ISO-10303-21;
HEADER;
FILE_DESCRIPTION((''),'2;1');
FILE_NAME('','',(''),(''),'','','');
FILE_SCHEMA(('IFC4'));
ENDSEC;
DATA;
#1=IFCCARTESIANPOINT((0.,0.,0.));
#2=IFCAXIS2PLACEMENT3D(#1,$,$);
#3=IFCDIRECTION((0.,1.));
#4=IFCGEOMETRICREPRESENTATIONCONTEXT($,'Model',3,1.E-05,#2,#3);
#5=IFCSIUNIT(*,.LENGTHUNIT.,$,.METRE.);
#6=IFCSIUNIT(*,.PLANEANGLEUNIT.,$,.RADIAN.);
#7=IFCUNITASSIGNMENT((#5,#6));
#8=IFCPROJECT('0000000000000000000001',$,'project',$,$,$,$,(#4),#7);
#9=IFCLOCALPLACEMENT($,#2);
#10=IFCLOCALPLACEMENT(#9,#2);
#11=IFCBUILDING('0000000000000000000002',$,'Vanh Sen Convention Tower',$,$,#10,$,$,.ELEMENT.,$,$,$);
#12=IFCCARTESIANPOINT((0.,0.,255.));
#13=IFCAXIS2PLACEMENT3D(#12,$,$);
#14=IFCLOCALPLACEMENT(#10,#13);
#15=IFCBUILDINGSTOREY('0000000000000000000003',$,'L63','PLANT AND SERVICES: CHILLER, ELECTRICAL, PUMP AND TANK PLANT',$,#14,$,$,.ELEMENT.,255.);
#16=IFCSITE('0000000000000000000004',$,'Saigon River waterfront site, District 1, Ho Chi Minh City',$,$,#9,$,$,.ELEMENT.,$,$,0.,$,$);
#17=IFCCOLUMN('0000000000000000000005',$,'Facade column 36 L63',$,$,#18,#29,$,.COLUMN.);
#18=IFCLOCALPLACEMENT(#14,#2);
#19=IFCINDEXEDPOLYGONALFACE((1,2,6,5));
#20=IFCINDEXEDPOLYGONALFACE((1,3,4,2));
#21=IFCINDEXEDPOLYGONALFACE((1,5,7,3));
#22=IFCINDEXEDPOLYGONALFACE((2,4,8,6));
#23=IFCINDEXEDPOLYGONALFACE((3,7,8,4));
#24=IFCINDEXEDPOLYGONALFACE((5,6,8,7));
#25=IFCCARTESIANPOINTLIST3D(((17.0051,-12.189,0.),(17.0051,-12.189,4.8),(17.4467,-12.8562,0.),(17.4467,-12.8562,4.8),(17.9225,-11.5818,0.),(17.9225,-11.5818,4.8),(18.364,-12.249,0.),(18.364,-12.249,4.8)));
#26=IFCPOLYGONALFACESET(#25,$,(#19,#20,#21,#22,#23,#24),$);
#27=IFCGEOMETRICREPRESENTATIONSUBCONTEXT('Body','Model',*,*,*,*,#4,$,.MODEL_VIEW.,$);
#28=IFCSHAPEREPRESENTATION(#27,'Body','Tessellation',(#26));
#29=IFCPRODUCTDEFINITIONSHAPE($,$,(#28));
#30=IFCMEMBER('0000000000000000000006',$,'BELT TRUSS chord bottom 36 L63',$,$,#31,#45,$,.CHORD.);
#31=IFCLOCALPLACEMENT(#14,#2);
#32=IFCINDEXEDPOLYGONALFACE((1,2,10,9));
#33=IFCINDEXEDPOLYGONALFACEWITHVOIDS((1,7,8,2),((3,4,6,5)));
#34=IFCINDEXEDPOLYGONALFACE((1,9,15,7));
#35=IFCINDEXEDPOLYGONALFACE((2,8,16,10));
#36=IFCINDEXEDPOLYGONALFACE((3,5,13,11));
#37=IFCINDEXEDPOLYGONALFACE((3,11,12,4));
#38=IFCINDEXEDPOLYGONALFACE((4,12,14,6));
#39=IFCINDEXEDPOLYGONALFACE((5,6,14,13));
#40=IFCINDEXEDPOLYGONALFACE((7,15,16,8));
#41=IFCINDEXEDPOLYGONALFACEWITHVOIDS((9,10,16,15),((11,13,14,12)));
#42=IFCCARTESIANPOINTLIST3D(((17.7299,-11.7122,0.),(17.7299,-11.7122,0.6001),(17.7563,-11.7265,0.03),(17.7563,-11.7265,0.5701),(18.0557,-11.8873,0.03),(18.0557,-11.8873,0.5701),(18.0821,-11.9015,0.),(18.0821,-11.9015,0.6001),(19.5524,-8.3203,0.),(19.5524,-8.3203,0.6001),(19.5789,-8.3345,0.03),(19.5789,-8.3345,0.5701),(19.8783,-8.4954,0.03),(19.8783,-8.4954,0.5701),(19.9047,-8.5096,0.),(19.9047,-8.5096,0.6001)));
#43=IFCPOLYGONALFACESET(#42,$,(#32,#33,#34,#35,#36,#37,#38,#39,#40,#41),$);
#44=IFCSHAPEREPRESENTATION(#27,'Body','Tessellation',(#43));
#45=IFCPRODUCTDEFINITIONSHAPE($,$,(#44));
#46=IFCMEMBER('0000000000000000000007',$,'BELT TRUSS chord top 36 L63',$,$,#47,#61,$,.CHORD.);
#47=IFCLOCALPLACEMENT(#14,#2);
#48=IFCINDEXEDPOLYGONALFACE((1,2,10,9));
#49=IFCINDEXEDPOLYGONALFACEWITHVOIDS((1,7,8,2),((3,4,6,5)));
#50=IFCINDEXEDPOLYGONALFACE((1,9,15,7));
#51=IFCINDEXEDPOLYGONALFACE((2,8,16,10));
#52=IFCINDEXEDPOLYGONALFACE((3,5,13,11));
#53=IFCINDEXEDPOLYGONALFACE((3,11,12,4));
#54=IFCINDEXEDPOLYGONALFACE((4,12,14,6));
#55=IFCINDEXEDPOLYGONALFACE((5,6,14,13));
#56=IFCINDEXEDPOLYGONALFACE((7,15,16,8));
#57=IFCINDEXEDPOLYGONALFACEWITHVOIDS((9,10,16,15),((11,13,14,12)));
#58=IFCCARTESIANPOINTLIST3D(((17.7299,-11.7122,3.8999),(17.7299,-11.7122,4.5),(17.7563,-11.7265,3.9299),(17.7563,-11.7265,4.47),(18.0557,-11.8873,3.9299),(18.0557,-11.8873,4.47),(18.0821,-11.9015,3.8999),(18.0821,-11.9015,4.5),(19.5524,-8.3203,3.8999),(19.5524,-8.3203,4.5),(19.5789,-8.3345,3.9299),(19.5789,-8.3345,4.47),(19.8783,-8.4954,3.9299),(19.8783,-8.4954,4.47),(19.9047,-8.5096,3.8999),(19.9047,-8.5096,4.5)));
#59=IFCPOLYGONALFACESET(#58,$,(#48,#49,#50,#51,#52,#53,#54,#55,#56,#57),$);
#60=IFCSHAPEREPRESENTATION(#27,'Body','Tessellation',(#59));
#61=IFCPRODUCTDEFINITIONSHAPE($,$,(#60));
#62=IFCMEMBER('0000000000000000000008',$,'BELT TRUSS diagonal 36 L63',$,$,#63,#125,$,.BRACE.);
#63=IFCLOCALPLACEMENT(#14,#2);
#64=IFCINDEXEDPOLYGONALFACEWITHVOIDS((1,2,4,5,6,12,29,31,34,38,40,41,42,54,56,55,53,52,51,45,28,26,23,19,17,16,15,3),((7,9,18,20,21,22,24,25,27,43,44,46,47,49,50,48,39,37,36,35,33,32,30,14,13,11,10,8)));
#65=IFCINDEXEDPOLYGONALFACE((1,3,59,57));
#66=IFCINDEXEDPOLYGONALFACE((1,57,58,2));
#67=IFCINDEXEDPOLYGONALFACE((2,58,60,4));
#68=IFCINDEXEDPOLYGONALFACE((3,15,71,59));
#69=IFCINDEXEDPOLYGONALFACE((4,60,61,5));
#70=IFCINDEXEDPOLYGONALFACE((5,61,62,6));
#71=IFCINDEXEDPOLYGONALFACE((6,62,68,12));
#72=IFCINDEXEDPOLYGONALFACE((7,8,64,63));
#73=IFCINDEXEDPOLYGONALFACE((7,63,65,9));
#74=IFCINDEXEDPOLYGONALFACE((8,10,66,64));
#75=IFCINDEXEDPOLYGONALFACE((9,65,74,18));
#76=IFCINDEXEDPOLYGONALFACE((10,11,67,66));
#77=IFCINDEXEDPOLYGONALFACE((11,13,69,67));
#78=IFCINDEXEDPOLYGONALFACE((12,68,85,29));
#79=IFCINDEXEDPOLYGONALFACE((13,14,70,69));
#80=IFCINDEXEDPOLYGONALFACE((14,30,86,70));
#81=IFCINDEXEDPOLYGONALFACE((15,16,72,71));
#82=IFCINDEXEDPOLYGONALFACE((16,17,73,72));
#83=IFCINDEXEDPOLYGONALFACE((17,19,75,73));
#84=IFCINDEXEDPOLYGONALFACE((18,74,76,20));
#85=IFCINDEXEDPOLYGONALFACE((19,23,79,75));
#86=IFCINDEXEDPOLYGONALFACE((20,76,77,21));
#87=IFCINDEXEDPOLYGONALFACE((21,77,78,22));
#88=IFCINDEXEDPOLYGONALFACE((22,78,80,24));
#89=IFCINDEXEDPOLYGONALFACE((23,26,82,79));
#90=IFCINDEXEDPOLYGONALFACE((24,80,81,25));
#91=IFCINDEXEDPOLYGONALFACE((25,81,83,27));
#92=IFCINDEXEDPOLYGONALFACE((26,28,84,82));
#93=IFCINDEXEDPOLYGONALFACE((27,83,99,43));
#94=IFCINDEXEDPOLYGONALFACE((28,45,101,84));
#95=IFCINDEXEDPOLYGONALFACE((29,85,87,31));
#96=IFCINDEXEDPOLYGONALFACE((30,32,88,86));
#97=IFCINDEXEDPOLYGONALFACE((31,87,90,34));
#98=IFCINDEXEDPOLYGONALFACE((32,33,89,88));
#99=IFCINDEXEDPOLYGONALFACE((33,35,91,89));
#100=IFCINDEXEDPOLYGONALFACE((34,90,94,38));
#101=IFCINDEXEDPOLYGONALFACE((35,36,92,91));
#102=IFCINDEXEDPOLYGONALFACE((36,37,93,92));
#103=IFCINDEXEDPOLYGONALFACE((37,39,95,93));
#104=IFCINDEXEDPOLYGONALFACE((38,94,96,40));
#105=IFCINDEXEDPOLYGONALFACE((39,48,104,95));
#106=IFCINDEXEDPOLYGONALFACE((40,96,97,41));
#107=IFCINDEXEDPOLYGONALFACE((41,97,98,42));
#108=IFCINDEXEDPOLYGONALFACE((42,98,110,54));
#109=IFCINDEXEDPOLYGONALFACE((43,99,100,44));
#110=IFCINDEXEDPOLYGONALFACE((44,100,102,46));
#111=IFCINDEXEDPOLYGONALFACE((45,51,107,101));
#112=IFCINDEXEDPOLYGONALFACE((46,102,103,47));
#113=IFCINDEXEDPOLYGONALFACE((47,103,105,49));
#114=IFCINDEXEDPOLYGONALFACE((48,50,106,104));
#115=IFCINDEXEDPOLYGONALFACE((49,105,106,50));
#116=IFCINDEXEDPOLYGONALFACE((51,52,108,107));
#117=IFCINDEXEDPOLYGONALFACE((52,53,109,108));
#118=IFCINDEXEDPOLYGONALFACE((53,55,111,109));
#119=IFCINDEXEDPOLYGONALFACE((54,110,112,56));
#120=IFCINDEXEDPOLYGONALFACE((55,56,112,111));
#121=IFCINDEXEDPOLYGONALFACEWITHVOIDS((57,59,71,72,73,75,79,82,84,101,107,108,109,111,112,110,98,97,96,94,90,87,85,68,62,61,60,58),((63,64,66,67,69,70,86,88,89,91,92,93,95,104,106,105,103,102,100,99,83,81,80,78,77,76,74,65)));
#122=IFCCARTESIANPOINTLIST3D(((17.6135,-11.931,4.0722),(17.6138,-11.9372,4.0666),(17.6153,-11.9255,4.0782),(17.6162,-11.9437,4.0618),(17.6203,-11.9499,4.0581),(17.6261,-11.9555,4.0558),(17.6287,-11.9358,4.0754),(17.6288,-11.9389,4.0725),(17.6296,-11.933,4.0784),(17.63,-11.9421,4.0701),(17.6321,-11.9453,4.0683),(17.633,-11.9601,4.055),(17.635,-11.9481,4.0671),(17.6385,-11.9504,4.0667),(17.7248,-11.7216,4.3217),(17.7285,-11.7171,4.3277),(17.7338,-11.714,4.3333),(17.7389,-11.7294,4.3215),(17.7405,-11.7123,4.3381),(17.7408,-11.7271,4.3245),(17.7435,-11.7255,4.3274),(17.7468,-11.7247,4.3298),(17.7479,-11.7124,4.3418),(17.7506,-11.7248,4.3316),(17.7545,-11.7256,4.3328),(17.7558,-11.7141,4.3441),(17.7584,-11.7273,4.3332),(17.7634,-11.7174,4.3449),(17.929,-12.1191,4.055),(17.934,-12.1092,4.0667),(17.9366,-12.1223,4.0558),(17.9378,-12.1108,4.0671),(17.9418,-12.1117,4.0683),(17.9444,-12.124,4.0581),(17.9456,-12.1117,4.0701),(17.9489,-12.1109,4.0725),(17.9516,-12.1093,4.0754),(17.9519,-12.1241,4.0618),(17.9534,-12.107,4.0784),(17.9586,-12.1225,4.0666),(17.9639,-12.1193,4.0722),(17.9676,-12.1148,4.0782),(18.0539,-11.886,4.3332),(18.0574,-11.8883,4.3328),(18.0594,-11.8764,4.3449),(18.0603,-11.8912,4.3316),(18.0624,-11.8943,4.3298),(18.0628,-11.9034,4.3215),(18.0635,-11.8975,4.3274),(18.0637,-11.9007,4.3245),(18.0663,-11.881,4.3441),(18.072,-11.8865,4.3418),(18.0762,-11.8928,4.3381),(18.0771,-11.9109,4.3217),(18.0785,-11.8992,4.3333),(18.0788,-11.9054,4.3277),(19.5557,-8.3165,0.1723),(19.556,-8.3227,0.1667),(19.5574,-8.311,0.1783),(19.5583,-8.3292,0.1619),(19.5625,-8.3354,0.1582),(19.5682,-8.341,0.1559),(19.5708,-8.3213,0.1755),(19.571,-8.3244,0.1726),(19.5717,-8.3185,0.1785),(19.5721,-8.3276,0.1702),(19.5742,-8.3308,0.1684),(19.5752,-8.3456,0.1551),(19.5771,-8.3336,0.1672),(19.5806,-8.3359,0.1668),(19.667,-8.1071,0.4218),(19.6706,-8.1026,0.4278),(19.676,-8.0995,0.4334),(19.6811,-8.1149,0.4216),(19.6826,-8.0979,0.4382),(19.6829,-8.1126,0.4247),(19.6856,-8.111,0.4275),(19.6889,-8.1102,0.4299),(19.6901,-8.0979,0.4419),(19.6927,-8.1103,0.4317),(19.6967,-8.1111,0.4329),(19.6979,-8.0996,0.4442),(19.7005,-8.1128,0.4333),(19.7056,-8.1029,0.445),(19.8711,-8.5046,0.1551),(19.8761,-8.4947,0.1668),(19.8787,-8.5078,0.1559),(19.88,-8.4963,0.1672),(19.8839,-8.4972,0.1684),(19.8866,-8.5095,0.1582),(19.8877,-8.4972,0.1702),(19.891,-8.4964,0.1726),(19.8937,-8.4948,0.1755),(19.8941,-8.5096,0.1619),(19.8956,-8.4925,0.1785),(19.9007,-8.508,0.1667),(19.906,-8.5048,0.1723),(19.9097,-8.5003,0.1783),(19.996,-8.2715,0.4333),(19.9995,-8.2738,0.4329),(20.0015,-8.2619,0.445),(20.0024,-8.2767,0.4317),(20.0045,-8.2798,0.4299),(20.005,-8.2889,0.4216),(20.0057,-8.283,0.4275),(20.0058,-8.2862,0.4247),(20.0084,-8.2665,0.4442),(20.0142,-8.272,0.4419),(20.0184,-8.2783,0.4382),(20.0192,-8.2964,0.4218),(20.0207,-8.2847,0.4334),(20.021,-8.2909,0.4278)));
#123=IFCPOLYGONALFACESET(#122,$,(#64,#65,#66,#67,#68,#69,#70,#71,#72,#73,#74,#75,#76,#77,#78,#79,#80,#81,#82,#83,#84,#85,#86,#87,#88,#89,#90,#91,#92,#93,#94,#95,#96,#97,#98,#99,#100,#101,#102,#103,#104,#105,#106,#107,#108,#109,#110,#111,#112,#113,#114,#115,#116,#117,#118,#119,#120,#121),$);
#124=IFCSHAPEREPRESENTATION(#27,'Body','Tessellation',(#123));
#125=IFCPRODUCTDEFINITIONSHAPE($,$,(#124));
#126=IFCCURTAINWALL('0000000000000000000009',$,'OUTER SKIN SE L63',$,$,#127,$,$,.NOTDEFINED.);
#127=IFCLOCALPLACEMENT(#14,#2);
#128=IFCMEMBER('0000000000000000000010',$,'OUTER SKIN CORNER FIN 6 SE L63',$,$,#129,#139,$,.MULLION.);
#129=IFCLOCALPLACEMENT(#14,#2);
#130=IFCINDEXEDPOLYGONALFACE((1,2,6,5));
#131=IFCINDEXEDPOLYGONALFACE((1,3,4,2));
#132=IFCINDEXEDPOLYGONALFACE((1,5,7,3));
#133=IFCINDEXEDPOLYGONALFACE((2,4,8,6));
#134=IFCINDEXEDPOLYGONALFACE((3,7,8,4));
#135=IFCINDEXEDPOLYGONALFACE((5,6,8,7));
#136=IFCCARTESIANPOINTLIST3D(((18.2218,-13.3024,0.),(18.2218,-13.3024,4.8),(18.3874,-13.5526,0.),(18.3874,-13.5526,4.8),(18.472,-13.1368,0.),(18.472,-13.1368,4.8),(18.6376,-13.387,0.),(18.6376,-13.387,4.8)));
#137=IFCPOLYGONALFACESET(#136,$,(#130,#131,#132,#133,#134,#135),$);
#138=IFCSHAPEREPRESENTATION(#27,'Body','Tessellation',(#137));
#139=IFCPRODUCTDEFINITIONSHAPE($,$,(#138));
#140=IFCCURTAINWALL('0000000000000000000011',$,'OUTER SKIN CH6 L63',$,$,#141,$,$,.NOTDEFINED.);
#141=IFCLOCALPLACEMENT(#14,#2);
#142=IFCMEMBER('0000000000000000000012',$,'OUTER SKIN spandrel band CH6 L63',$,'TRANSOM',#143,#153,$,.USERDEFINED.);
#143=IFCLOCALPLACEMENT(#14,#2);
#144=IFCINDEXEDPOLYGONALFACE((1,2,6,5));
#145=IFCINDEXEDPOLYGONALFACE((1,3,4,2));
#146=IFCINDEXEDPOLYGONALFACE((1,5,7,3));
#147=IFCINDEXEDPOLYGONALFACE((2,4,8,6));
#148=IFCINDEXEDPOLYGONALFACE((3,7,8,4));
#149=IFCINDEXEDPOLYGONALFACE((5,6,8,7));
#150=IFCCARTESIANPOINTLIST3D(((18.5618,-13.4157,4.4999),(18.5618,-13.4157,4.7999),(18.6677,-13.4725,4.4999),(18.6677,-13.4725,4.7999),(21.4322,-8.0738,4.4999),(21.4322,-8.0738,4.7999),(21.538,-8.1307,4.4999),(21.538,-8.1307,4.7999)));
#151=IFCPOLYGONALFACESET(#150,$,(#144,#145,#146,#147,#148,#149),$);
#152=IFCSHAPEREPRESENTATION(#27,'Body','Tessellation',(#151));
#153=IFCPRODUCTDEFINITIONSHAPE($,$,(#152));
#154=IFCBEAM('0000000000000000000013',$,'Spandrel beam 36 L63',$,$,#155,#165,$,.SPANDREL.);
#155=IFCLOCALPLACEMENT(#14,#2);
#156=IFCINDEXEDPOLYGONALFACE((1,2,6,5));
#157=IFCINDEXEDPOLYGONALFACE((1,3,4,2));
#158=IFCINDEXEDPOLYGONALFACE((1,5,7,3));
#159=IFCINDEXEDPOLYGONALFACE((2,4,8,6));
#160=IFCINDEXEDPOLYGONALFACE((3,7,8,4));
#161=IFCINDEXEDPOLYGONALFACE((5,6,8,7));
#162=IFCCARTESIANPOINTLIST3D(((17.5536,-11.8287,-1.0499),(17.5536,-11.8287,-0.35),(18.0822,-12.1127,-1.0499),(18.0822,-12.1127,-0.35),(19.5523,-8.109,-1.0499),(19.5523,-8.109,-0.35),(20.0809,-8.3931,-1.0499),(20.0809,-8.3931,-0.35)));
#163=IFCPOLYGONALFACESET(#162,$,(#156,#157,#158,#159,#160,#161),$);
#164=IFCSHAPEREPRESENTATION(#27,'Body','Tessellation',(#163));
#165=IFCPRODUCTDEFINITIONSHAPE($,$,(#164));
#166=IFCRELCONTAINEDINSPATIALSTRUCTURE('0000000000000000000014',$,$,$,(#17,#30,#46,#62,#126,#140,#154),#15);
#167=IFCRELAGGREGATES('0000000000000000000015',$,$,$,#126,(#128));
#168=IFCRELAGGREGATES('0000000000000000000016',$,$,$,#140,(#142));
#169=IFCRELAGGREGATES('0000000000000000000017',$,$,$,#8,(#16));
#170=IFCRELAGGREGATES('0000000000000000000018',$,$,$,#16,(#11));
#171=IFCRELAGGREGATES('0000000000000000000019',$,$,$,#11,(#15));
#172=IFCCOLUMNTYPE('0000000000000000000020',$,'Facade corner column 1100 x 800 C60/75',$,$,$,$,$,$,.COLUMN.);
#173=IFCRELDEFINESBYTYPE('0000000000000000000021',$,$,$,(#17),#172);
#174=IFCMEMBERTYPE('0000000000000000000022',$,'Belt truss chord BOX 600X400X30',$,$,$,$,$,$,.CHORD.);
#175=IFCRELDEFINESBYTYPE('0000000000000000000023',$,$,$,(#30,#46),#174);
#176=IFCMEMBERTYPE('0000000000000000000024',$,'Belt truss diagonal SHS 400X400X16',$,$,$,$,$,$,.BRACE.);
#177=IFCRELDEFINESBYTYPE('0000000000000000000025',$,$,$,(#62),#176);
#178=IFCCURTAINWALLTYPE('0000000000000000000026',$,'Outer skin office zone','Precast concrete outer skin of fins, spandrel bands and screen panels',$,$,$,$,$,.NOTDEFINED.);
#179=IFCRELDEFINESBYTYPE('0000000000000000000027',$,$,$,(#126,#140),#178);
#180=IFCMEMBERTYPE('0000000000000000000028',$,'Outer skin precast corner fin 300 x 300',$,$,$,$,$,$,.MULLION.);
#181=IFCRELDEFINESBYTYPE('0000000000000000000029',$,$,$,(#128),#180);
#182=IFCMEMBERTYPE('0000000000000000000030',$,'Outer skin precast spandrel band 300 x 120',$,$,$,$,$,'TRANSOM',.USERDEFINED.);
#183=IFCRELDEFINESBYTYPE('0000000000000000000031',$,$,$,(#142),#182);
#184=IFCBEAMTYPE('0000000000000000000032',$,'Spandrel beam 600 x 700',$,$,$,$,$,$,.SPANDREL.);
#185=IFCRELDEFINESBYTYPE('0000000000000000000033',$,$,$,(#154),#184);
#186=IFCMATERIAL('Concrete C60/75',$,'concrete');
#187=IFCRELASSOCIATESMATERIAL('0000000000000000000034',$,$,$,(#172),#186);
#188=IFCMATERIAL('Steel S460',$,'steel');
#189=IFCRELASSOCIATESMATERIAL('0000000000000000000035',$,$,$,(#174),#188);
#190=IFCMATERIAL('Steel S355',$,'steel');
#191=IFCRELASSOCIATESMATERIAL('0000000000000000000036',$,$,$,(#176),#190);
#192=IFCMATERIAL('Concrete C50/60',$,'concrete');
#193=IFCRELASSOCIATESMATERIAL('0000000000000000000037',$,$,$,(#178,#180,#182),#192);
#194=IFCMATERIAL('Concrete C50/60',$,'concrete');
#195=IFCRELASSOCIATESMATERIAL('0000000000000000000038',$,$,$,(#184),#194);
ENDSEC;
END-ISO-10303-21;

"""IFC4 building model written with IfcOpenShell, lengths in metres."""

from ifc_helpers import new_model, si_unit, direction, frame, origin, origin_2d, place, context, subcontext, project, spatial, rectangle, hollow_rectangle, extrude, material, material_profile, profile_set, type_object, element, aggregate, save


model = new_model("IFC4")

# Units and contexts
model_context = context("Model", 3, precision=1e-05, world=origin(), true_north=direction((0.0, 1.0)))
body_context = subcontext(model_context, "Body", "Model", "MODEL_VIEW")
ifc_project = project(units=[si_unit("LENGTHUNIT", "METRE"), si_unit("PLANEANGLEUNIT", "RADIAN")], contexts=[model_context])

# Site, building, storey
site_placement = place(None, origin())
site = spatial("IfcSite", under=ifc_project, at=site_placement, Name="Saigon River waterfront site, District 1, Ho Chi Minh City", CompositionType="ELEMENT", RefElevation=0.0)
building_placement = place(site_placement, origin())
building = spatial("IfcBuilding", under=site, at=building_placement, Name="Vanh Sen Convention Tower", CompositionType="ELEMENT")
storey_placement = place(building_placement, frame((0.0, 0.0, 255.0)))
storey = spatial("IfcBuildingStorey", under=building, at=storey_placement, Name="L63", Description="PLANT AND SERVICES: CHILLER, ELECTRICAL, PUMP AND TANK PLANT", CompositionType="ELEMENT", Elevation=255.0)

# Column
ifc_material_1 = material(Name="Concrete C60/75", Category="concrete")
ifc_material_profile_1 = material_profile(ifc_material_1, rectangle(XDim=1.1001, YDim=0.8, at=origin_2d()), Name="RC 1100X800")
ifc_profile_set_1 = profile_set([ifc_material_profile_1], Name="Concrete C60/75")
column_type = type_object("IfcColumnType", Name="Facade corner column 1100 x 800 C60/75", PredefinedType="COLUMN", material=ifc_profile_set_1)
column_placement = place(storey_placement, frame((17.6846, -12.219, 0.0), z_axis=(0.0, 0.0, 1.0), x_axis=(0.833886, 0.551937, 0.0)))
element("IfcColumn", 1, at=column_placement, inside=storey, type_object=column_type, Name="Facade column 36 L63", PredefinedType="COLUMN", context=body_context, shape_type="SweptSolid", body=[
    extrude(rectangle(XDim=1.1001, YDim=0.8, at=origin_2d()), origin(), (0.0, 0.0, 1.0), 4.8),
])

# Members
ifc_material_2 = material(Name="Steel S460", Category="steel")
ifc_material_profile_2 = material_profile(ifc_material_2, hollow_rectangle(XDim=0.3999, YDim=0.6001, WallThickness=0.03, at=origin_2d()), Name="BOX 600X400X30")
ifc_profile_set_2 = profile_set([ifc_material_profile_2], Name="Steel S460")
member_type_1 = type_object("IfcMemberType", Name="Belt truss chord BOX 600X400X30", PredefinedType="CHORD", material=ifc_profile_set_2)
for number, where, z_axis, x_axis, name in (
    (2, (17.906, -11.8069, 0.3), (0.473321, 0.88089, 0.0), (-0.88089, 0.473321, 0.0), "BELT TRUSS chord bottom 36 L63"),
    (3, (17.906, -11.8069, 4.2), (0.473321, 0.88089, 0.0), (-0.88089, 0.473321, 0.0), "BELT TRUSS chord top 36 L63"),
):
    element("IfcMember", number, at=place(storey_placement, frame(where, z_axis=z_axis, x_axis=x_axis)), inside=storey, type_object=member_type_1, Name=name, PredefinedType="CHORD", context=body_context, shape_type="SweptSolid", body=[
        extrude(hollow_rectangle(XDim=0.3999, YDim=0.6001, WallThickness=0.03, at=origin_2d()), origin(), (0.0, 0.0, 1.0), 3.8506),
    ])
ifc_material_3 = material(Name="Steel S355", Category="steel")
ifc_material_profile_3 = material_profile(ifc_material_3, hollow_rectangle(XDim=0.3999, YDim=0.3999, WallThickness=0.0161, InnerFilletRadius=0.0161, OuterFilletRadius=0.032, at=origin_2d()), Name="SHS 400X400X16")
ifc_profile_set_3 = profile_set([ifc_material_profile_3], Name="Steel S355")
member_type_2 = type_object("IfcMemberType", Name="Belt truss diagonal SHS 400X400X16", PredefinedType="BRACE", material=ifc_profile_set_3)
member_1_placement = place(storey_placement, frame((17.8462, -11.9182, 4.2), z_axis=(0.34308, 0.638503, -0.688919), x_axis=(-0.880891, 0.473319, 0.0)))
element("IfcMember", 4, at=member_1_placement, inside=storey, type_object=member_type_2, Name="BELT TRUSS diagonal 36 L63", PredefinedType="BRACE", context=body_context, shape_type="SweptSolid", body=[
    extrude(hollow_rectangle(XDim=0.3999, YDim=0.3999, WallThickness=0.0161, InnerFilletRadius=0.0161, OuterFilletRadius=0.032, at=origin_2d()), origin(), (0.0, 0.0, 1.0), 5.6609),
])

# Curtain walls, members
ifc_material_4 = material(Name="Concrete C50/60", Category="concrete")
curtain_wall_type = type_object("IfcCurtainWallType", Name="Outer skin office zone", Description="Precast concrete outer skin of fins, spandrel bands and screen panels", PredefinedType="NOTDEFINED", material=ifc_material_4)
curtain_wall_1_placement = place(storey_placement, origin())
curtain_wall_1 = element("IfcCurtainWall", 5, at=curtain_wall_1_placement, inside=storey, type_object=curtain_wall_type, Name="OUTER SKIN SE L63", PredefinedType="NOTDEFINED")
ifc_material_profile_4 = material_profile(ifc_material_4, rectangle(XDim=0.3, YDim=0.3, at=origin_2d()), Name="Outer skin precast corner fin 300 x 300")
ifc_profile_set_4 = profile_set([ifc_material_profile_4], Name="Concrete C50/60")
member_type_3 = type_object("IfcMemberType", Name="Outer skin precast corner fin 300 x 300", PredefinedType="MULLION", material=ifc_profile_set_4)
member_2_placement = place(storey_placement, frame((18.4297, -13.3447, 0.0), z_axis=(0.0, 0.0, 1.0), x_axis=(0.833886, 0.551937, 0.0)))
member_2 = element("IfcMember", 6, at=member_2_placement, type_object=member_type_3, Name="OUTER SKIN CORNER FIN 6 SE L63", PredefinedType="MULLION", context=body_context, shape_type="SweptSolid", body=[
    extrude(rectangle(XDim=0.3, YDim=0.3, at=origin_2d()), origin(), (0.0, 0.0, 1.0), 4.8),
])
aggregate(curtain_wall_1, [member_2])
curtain_wall_2_placement = place(storey_placement, origin())
curtain_wall_2 = element("IfcCurtainWall", 7, at=curtain_wall_2_placement, inside=storey, type_object=curtain_wall_type, Name="OUTER SKIN CH6 L63", PredefinedType="NOTDEFINED")
ifc_material_profile_5 = material_profile(ifc_material_4, rectangle(XDim=0.1201, YDim=0.3, at=origin_2d()), Name="Outer skin precast spandrel band 300 x 120")
ifc_profile_set_5 = profile_set([ifc_material_profile_5], Name="Concrete C50/60")
member_type_4 = type_object("IfcMemberType", Name="Outer skin precast spandrel band 300 x 120", ElementType="TRANSOM", PredefinedType="USERDEFINED", material=ifc_profile_set_5)
member_3_placement = place(storey_placement, frame((18.6147, -13.4441, 4.6499), z_axis=(0.473334, 0.880883, 0.0), x_axis=(-0.880883, 0.473334, 0.0)))
member_3 = element("IfcMember", 8, at=member_3_placement, type_object=member_type_4, Name="OUTER SKIN spandrel band CH6 L63", ObjectType="TRANSOM", PredefinedType="USERDEFINED", context=body_context, shape_type="SweptSolid", body=[
    extrude(rectangle(XDim=0.1201, YDim=0.3, at=origin_2d()), origin(), (0.0, 0.0, 1.0), 6.0642),
])
aggregate(curtain_wall_2, [member_3])

# Beam
ifc_material_5 = material(Name="Concrete C50/60", Category="concrete")
ifc_material_profile_6 = material_profile(ifc_material_5, rectangle(XDim=0.6001, YDim=0.7, at=origin_2d()), Name="RC 600X700")
ifc_profile_set_6 = profile_set([ifc_material_profile_6], Name="Concrete C50/60")
beam_type = type_object("IfcBeamType", Name="Spandrel beam 600 x 700", PredefinedType="SPANDREL", material=ifc_profile_set_6)
beam_placement = place(storey_placement, frame((17.8179, -11.9707, -0.7), z_axis=(0.473338, 0.880881, 0.0), x_axis=(-0.880881, 0.473338, 0.0)))
element("IfcBeam", 9, at=beam_placement, inside=storey, type_object=beam_type, Name="Spandrel beam 36 L63", PredefinedType="SPANDREL", context=body_context, shape_type="SweptSolid", body=[
    extrude(rectangle(XDim=0.6001, YDim=0.7, at=origin_2d()), origin(), (0.0, 0.0, 1.0), 4.2227),
])

save(model, "model.ifc")
